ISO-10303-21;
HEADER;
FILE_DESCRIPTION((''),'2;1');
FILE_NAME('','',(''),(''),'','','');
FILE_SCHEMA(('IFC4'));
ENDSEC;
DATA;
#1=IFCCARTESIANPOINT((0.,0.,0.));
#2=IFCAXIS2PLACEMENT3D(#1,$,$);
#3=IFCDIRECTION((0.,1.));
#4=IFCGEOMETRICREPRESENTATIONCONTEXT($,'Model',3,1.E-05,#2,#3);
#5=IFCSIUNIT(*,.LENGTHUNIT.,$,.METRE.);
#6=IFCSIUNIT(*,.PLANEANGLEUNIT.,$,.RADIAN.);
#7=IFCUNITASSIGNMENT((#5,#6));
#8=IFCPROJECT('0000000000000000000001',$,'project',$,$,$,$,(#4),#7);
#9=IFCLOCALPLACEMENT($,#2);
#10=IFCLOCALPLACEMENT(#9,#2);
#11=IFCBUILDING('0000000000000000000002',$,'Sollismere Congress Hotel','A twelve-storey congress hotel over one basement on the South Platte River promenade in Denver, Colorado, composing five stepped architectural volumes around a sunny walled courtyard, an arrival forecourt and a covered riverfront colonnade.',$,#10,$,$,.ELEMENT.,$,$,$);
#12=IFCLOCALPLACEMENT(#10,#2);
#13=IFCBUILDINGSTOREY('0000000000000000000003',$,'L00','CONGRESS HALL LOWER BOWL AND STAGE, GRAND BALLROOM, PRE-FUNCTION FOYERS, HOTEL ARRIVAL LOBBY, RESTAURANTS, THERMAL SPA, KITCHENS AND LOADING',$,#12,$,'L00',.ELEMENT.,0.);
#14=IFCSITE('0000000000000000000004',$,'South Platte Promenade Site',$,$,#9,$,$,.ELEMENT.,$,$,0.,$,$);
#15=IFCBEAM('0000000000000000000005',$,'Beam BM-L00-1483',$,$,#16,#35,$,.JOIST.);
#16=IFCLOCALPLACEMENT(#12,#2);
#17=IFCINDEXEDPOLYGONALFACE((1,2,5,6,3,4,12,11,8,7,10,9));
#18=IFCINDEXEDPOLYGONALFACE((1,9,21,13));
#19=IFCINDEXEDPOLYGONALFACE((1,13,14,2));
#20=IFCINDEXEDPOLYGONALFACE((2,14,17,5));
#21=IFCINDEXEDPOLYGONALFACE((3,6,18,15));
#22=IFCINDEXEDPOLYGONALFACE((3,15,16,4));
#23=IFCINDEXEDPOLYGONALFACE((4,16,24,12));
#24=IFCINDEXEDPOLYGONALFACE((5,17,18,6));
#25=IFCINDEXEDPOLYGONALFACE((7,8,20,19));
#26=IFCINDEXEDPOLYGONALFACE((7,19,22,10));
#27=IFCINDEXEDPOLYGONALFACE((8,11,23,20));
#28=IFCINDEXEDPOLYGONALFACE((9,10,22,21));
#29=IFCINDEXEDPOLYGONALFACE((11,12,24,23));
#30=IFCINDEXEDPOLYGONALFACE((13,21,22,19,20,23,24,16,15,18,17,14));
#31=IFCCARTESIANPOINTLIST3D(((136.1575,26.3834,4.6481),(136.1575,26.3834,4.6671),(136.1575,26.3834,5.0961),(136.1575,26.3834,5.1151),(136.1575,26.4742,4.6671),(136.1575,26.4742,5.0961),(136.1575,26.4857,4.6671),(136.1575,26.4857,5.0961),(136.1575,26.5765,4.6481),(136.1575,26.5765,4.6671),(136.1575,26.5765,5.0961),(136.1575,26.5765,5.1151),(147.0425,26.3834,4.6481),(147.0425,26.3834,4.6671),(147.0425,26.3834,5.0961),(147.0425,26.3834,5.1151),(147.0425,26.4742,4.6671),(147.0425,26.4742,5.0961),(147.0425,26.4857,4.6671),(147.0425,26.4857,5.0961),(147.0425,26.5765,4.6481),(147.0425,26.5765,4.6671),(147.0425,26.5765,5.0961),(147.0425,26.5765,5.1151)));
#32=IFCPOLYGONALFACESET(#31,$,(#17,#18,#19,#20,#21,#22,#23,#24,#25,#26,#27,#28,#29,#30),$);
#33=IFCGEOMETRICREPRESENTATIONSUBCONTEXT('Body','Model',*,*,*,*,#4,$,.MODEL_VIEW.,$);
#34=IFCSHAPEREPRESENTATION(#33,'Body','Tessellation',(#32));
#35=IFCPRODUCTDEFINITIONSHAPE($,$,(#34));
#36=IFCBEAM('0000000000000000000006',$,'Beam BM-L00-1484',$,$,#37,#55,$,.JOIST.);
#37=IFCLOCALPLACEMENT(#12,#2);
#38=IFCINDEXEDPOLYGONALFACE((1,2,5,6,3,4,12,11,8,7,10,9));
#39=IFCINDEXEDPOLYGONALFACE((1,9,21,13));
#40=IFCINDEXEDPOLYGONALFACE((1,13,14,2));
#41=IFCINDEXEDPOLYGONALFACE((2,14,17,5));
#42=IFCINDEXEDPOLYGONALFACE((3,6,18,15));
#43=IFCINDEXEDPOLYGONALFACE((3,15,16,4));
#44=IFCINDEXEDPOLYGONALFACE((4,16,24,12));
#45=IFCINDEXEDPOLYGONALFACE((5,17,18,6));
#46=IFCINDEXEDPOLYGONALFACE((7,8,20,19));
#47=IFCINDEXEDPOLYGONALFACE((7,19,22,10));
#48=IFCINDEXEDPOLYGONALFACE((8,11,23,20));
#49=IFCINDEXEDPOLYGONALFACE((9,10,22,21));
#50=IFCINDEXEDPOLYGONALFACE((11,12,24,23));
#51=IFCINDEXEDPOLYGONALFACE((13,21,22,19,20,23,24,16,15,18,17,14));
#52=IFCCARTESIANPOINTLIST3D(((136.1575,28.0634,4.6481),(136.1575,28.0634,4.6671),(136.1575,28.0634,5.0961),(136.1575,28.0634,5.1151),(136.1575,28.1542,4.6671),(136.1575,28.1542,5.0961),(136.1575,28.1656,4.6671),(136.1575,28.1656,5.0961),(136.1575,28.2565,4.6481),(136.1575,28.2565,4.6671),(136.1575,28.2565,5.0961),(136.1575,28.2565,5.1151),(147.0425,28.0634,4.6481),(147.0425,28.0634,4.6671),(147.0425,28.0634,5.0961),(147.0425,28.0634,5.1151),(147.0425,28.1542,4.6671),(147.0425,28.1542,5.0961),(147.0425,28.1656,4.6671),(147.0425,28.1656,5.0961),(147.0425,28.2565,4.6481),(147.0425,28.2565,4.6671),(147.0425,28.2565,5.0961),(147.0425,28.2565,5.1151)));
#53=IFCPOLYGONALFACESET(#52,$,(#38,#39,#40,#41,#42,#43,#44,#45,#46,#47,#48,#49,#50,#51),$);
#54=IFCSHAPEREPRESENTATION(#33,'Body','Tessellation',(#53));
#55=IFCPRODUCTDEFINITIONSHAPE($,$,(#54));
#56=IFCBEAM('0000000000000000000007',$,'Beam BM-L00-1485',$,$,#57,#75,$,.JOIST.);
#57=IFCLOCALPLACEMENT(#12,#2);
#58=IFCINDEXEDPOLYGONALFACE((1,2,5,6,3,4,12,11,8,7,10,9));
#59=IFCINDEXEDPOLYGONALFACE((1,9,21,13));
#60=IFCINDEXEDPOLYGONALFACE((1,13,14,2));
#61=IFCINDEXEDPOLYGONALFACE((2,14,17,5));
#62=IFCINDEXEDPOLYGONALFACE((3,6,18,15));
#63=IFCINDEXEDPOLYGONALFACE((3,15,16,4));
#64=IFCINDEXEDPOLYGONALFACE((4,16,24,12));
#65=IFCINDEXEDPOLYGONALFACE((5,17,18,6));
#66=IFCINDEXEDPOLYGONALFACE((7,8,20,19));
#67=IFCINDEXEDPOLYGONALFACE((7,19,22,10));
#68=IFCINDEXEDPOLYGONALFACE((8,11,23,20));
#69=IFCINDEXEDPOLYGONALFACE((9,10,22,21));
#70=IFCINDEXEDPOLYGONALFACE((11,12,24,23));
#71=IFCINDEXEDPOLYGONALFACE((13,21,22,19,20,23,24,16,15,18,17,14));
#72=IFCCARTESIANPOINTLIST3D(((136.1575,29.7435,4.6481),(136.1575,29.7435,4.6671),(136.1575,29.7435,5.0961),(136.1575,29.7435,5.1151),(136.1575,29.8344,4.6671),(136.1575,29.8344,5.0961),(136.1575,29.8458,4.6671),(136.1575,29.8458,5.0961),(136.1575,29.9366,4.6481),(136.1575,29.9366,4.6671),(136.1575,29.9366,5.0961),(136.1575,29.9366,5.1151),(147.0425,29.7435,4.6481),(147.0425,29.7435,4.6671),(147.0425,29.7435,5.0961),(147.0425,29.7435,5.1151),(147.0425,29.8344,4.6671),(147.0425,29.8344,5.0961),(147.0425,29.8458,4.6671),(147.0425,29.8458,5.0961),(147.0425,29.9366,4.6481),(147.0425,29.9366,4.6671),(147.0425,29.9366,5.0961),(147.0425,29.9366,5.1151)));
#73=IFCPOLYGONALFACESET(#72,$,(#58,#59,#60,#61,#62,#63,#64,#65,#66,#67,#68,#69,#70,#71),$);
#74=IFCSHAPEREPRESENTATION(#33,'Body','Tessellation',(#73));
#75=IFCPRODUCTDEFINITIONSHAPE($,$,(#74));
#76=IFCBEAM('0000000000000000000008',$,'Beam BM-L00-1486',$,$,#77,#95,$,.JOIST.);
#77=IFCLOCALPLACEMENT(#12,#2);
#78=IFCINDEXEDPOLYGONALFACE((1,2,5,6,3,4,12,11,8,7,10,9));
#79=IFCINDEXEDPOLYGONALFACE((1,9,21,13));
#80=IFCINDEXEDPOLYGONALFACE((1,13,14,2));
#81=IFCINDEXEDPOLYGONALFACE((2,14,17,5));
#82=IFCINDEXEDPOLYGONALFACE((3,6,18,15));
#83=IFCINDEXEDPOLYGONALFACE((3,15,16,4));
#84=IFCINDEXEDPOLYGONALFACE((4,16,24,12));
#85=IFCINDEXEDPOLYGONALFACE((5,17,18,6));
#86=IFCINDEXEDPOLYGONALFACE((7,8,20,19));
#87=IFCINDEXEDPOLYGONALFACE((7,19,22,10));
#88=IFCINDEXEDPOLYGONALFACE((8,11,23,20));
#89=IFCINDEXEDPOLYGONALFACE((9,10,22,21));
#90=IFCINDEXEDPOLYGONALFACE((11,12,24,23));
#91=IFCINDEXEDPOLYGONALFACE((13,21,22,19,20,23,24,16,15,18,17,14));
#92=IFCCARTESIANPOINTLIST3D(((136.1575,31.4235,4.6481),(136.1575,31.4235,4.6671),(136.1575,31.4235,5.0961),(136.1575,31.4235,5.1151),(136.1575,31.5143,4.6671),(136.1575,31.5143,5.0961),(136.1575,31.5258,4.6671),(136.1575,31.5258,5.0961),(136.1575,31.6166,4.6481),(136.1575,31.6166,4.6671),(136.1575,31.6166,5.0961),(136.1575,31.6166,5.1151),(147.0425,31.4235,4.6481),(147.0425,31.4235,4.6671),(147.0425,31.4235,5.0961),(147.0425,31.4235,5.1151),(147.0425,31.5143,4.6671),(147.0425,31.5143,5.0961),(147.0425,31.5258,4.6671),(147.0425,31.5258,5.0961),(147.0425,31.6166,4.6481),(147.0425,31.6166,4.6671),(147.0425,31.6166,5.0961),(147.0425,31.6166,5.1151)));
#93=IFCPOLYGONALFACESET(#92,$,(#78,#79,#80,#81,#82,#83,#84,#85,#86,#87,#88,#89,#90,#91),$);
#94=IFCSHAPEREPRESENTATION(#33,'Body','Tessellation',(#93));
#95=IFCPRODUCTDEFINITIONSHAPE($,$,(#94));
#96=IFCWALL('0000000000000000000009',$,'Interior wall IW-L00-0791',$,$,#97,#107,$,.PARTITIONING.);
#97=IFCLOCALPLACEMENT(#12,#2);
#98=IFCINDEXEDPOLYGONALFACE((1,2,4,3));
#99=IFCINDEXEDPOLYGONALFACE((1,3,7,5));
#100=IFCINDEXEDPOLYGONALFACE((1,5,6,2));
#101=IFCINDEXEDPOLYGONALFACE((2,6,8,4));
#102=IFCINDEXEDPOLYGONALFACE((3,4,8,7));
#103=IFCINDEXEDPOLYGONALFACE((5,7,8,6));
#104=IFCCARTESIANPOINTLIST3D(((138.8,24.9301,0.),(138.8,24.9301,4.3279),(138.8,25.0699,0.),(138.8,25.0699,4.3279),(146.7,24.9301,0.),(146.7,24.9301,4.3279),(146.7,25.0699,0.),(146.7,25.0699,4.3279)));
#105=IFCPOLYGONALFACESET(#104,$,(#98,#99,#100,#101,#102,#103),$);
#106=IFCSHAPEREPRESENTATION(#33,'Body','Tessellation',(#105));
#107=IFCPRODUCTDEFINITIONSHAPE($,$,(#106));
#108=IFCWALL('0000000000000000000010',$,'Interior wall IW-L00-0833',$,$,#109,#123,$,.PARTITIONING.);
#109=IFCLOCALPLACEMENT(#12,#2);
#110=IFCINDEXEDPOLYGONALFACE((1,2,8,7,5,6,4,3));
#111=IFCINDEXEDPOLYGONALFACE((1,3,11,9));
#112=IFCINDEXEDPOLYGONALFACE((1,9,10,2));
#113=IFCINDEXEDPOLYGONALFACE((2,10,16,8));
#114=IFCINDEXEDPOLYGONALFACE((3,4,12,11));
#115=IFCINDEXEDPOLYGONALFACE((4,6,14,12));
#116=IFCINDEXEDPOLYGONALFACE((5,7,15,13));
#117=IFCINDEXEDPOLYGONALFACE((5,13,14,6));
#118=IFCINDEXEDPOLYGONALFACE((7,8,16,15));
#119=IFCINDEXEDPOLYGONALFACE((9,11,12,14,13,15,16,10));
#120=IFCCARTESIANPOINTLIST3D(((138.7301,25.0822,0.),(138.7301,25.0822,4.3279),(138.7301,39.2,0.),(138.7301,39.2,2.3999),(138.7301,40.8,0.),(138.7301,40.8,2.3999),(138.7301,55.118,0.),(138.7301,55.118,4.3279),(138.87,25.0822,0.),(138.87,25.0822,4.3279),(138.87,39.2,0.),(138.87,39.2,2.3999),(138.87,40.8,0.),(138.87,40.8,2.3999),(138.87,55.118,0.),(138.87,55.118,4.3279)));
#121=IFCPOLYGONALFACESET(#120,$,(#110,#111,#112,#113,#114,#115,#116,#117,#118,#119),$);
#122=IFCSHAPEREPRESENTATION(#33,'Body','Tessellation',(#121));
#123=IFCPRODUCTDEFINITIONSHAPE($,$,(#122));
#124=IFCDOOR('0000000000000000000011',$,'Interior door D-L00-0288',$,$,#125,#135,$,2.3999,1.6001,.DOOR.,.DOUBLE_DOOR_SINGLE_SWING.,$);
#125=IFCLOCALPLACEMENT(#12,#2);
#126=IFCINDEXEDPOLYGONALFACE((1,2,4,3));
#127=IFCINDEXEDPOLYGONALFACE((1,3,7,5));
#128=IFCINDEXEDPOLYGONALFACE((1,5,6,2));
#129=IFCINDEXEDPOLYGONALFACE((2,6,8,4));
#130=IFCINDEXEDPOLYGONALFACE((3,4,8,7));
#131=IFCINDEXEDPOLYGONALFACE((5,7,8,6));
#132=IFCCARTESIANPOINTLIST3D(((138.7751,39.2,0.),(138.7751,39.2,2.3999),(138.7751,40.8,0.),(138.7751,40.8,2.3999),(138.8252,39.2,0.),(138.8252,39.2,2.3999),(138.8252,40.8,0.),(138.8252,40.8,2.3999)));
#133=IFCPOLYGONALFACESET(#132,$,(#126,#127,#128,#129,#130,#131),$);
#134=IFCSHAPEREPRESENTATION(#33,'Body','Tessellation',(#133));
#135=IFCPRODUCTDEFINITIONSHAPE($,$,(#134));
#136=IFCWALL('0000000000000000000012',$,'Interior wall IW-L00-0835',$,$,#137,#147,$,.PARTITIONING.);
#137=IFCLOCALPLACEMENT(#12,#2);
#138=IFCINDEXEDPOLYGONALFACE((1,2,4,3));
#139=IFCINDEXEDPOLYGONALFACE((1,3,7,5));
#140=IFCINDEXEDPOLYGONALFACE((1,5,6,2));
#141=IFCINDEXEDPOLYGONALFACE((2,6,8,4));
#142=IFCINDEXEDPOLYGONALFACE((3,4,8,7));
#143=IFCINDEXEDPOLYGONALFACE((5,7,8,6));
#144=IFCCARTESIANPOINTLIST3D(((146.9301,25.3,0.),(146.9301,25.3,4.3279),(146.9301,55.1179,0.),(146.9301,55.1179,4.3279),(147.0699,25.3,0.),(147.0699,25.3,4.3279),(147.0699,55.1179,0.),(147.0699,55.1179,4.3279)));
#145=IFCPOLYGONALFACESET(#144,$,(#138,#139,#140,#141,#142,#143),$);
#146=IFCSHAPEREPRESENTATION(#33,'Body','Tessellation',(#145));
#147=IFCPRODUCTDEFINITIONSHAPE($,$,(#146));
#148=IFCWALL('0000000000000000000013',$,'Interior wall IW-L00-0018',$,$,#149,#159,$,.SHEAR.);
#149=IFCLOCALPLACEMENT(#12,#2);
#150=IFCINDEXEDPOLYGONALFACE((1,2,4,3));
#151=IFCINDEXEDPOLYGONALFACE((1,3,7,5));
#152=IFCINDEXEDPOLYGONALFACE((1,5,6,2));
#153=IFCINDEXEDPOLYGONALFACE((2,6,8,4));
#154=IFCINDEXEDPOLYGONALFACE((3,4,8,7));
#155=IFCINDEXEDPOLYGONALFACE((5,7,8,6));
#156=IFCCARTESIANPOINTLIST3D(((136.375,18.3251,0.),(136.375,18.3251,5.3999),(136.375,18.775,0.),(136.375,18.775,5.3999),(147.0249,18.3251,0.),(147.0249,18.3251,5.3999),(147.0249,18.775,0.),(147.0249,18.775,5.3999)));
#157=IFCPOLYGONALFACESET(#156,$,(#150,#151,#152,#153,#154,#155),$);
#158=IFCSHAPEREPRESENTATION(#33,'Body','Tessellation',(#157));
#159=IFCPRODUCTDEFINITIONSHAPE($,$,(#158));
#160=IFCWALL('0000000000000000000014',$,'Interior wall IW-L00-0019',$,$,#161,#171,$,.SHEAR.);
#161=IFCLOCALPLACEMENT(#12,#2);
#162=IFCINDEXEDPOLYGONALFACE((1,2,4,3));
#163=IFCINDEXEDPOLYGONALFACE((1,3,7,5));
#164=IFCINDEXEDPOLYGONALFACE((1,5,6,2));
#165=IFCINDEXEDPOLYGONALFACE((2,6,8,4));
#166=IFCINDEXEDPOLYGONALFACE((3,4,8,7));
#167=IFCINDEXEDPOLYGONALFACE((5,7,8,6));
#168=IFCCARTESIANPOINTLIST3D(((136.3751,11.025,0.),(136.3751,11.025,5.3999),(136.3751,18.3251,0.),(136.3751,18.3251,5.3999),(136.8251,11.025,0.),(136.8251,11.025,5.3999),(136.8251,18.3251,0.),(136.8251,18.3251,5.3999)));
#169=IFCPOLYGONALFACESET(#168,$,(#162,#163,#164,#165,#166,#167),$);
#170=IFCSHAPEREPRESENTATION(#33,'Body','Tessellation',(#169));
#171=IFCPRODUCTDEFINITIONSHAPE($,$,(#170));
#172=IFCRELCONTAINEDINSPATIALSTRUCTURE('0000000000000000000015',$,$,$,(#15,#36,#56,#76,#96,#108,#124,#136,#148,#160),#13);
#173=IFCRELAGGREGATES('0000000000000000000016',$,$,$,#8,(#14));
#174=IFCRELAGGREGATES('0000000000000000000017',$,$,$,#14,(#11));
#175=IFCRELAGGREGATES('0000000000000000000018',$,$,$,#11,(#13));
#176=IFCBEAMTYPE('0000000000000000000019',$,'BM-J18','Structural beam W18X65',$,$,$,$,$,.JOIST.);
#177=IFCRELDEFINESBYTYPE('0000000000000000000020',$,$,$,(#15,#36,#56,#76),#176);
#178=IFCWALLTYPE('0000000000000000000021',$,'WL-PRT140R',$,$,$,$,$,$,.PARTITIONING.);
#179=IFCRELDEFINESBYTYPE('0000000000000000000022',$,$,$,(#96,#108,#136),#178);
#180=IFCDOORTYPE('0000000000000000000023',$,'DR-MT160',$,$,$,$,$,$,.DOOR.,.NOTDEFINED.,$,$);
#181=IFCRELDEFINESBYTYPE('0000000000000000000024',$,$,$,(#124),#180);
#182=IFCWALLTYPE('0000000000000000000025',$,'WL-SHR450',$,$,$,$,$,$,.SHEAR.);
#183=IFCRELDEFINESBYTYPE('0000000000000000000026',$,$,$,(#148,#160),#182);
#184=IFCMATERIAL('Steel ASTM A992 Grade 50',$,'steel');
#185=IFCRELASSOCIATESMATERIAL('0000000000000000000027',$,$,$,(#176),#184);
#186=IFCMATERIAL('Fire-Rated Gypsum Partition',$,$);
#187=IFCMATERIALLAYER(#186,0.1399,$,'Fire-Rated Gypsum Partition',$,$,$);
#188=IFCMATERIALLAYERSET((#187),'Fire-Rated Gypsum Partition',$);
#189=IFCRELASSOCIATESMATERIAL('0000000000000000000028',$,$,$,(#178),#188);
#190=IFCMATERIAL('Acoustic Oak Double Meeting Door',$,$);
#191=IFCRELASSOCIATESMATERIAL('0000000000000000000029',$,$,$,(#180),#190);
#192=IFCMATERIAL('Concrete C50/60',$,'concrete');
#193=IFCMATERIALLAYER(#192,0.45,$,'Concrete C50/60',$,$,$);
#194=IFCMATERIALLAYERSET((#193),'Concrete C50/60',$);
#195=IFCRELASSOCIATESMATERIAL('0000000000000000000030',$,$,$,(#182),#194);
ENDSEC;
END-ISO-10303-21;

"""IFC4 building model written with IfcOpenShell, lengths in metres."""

from ifc_helpers import new_model, si_unit, direction, frame, frame_2d, origin, origin_2d, place, context, subcontext, project, spatial, rectangle, i_section, extrude, material, layer, layer_set, material_profile, profile_set, type_object, element, fill, save


model = new_model("IFC4")

# Units and contexts
model_context = context("Model", 3, precision=1e-05, world=origin(), true_north=direction((0.0, 1.0)))
body_context = subcontext(model_context, "Body", "Model", "MODEL_VIEW")
ifc_project = project(units=[si_unit("LENGTHUNIT", "METRE"), si_unit("PLANEANGLEUNIT", "RADIAN")], contexts=[model_context])

# Site, building, storey
site_placement = place(None, origin())
site = spatial("IfcSite", under=ifc_project, at=site_placement, Name="South Platte Promenade Site", CompositionType="ELEMENT", RefElevation=0.0)
building_placement = place(site_placement, origin())
building = spatial("IfcBuilding", under=site, at=building_placement, Name="Sollismere Congress Hotel", Description="A twelve-storey congress hotel over one basement on the South Platte River promenade in Denver, Colorado, composing five stepped architectural volumes around a sunny walled courtyard, an arrival forecourt and a covered riverfront colonnade.", CompositionType="ELEMENT")
storey_placement = place(building_placement, origin())
storey = spatial("IfcBuildingStorey", under=building, at=storey_placement, Name="L00", Description="CONGRESS HALL LOWER BOWL AND STAGE, GRAND BALLROOM, PRE-FUNCTION FOYERS, HOTEL ARRIVAL LOBBY, RESTAURANTS, THERMAL SPA, KITCHENS AND LOADING", LongName="L00", CompositionType="ELEMENT", Elevation=0.0)

# Shared definitions
ifc_material_1 = material(Name="Steel ASTM A992 Grade 50", Category="steel")

# Beams
ifc_material_profile_1 = material_profile(ifc_material_1, i_section(OverallWidth=0.1931, OverallDepth=0.467, WebThickness=0.0115, FlangeThickness=0.019, at=origin_2d()), Name="W18X65")
ifc_profile_set_1 = profile_set([ifc_material_profile_1], Name="Steel ASTM A992 Grade 50")
beam_type_1 = type_object("IfcBeamType", Name="BM-J18", Description="Structural beam W18X65", PredefinedType="JOIST", material=ifc_profile_set_1)
for number, where, z_axis, x_axis, name in (
    (1, (136.1575, 26.48, 4.8816), (1.0, 0.0, 0.0), (0.0, 1.0, 0.0), "Beam BM-L00-1483"),
    (2, (136.1575, 28.1599, 4.8816), (1.0, 0.0, 0.0), (0.0, 1.0, 0.0), "Beam BM-L00-1484"),
    (3, (136.1575, 29.8401, 4.8816), (1.0, 0.0, 0.0), (0.0, 1.0, 0.0), "Beam BM-L00-1485"),
    (4, (136.1575, 31.52, 4.8816), (1.0, 0.0, 0.0), (0.0, 1.0, 0.0), "Beam BM-L00-1486"),
):
    element("IfcBeam", number, at=place(storey_placement, frame(where, z_axis=z_axis, x_axis=x_axis)), inside=storey, type_object=beam_type_1, Name=name, PredefinedType="JOIST", context=body_context, shape_type="SweptSolid", body=[
        extrude(i_section(OverallWidth=0.1931, OverallDepth=0.467, WebThickness=0.0115, FlangeThickness=0.019, at=origin_2d()), origin(), (0.0, 0.0, 1.0), 10.885),
    ])

# Wall
ifc_material_2 = material(Name="Fire-Rated Gypsum Partition")
ifc_layer_1 = layer(ifc_material_2, 0.1399, Name="Fire-Rated Gypsum Partition")
ifc_layer_set_1 = layer_set([ifc_layer_1], Name="Fire-Rated Gypsum Partition")
wall_type_1 = type_object("IfcWallType", Name="WL-PRT140R", PredefinedType="PARTITIONING", material=ifc_layer_set_1)
wall_1_placement = place(storey_placement, frame((138.8, 25.0, 0.0), z_axis=(0.0, 0.0, 1.0), x_axis=(1.0, 0.0, 0.0)))
element("IfcWall", 5, at=wall_1_placement, inside=storey, type_object=wall_type_1, Name="Interior wall IW-L00-0791", PredefinedType="PARTITIONING", context=body_context, shape_type="SweptSolid", body=[
    extrude(rectangle(XDim=7.8999, YDim=0.1399, at=frame_2d((3.95, 0.0))), origin(), (0.0, 0.0, 1.0), 4.3279),
])

# Wall, opening, door
wall_2_placement = place(storey_placement, frame((138.8, 25.082, 0.0), z_axis=(0.0, 0.0, 1.0), x_axis=(0.0, 1.0, 0.0)))
wall_2 = element("IfcWall", 6, at=wall_2_placement, inside=storey, type_object=wall_type_1, Name="Interior wall IW-L00-0833", PredefinedType="PARTITIONING", context=body_context, shape_type="SweptSolid", body=[
    extrude(rectangle(XDim=30.0359, YDim=0.1399, at=frame_2d((15.0181, 0.0))), origin(), (0.0, 0.0, 1.0), 4.3279),
])
opening_placement = place(wall_2_placement, frame((14.1179, 0.0, 0.0)))
opening = element("IfcOpeningElement", 7, at=opening_placement, cuts=wall_2, PredefinedType="OPENING", context=body_context, shape_type="SweptSolid", body=[
    extrude(rectangle(XDim=1.6001, YDim=2.3999, at=frame_2d((0.8, 1.2))), frame((0.0, 0.0798, 0.0), z_axis=(0.0, -1.0, 0.0), x_axis=(1.0, 0.0, 0.0)), (0.0, 0.0, 1.0), 0.1599),
])
ifc_material_3 = material(Name="Acoustic Oak Double Meeting Door")
door_type = type_object("IfcDoorType", Name="DR-MT160", OperationType="NOTDEFINED", PredefinedType="DOOR", material=ifc_material_3)
door_placement = place(opening_placement, origin())
door = element("IfcDoor", 8, at=door_placement, inside=storey, type_object=door_type, Name="Interior door D-L00-0288", OperationType="DOUBLE_DOOR_SINGLE_SWING", OverallHeight=2.3999, OverallWidth=1.6001, PredefinedType="DOOR", context=body_context, shape_type="SweptSolid", body=[
    extrude(rectangle(XDim=1.6001, YDim=2.3999, at=frame_2d((0.8, 1.2))), frame((0.0, 0.0249, 0.0), z_axis=(0.0, -1.0, 0.0), x_axis=(1.0, 0.0, 0.0)), (0.0, 0.0, 1.0), 0.05),
])
fill(opening, door)

# Walls
wall_3_placement = place(storey_placement, frame((147.0, 25.3, 0.0), z_axis=(0.0, 0.0, 1.0), x_axis=(0.0, 1.0, 0.0)))
element("IfcWall", 9, at=wall_3_placement, inside=storey, type_object=wall_type_1, Name="Interior wall IW-L00-0835", PredefinedType="PARTITIONING", context=body_context, shape_type="SweptSolid", body=[
    extrude(rectangle(XDim=29.8179, YDim=0.1399, at=frame_2d((14.9089, 0.0))), origin(), (0.0, 0.0, 1.0), 4.3279),
])
ifc_material_4 = material(Name="Concrete C50/60", Category="concrete")
ifc_layer_2 = layer(ifc_material_4, 0.45, Name="Concrete C50/60")
ifc_layer_set_2 = layer_set([ifc_layer_2], Name="Concrete C50/60")
wall_type_2 = type_object("IfcWallType", Name="WL-SHR450", PredefinedType="SHEAR", material=ifc_layer_set_2)
wall_4_placement = place(storey_placement, frame((147.0249, 18.55, 0.0), z_axis=(0.0, 0.0, 1.0), x_axis=(-1.0, 0.0, 0.0)))
element("IfcWall", 10, at=wall_4_placement, inside=storey, type_object=wall_type_2, Name="Interior wall IW-L00-0018", PredefinedType="SHEAR", context=body_context, shape_type="SweptSolid", body=[
    extrude(rectangle(XDim=10.6499, YDim=0.45, at=frame_2d((5.325, 0.0))), origin(), (0.0, 0.0, 1.0), 5.3999),
])
wall_5_placement = place(storey_placement, frame((136.6001, 18.325, 0.0), z_axis=(0.0, 0.0, 1.0), x_axis=(0.0, -1.0, 0.0)))
element("IfcWall", 11, at=wall_5_placement, inside=storey, type_object=wall_type_2, Name="Interior wall IW-L00-0019", PredefinedType="SHEAR", context=body_context, shape_type="SweptSolid", body=[
    extrude(rectangle(XDim=7.3, YDim=0.45, at=frame_2d((3.6499, 0.0))), origin(), (0.0, 0.0, 1.0), 5.3999),
])

save(model, "model.ifc")
